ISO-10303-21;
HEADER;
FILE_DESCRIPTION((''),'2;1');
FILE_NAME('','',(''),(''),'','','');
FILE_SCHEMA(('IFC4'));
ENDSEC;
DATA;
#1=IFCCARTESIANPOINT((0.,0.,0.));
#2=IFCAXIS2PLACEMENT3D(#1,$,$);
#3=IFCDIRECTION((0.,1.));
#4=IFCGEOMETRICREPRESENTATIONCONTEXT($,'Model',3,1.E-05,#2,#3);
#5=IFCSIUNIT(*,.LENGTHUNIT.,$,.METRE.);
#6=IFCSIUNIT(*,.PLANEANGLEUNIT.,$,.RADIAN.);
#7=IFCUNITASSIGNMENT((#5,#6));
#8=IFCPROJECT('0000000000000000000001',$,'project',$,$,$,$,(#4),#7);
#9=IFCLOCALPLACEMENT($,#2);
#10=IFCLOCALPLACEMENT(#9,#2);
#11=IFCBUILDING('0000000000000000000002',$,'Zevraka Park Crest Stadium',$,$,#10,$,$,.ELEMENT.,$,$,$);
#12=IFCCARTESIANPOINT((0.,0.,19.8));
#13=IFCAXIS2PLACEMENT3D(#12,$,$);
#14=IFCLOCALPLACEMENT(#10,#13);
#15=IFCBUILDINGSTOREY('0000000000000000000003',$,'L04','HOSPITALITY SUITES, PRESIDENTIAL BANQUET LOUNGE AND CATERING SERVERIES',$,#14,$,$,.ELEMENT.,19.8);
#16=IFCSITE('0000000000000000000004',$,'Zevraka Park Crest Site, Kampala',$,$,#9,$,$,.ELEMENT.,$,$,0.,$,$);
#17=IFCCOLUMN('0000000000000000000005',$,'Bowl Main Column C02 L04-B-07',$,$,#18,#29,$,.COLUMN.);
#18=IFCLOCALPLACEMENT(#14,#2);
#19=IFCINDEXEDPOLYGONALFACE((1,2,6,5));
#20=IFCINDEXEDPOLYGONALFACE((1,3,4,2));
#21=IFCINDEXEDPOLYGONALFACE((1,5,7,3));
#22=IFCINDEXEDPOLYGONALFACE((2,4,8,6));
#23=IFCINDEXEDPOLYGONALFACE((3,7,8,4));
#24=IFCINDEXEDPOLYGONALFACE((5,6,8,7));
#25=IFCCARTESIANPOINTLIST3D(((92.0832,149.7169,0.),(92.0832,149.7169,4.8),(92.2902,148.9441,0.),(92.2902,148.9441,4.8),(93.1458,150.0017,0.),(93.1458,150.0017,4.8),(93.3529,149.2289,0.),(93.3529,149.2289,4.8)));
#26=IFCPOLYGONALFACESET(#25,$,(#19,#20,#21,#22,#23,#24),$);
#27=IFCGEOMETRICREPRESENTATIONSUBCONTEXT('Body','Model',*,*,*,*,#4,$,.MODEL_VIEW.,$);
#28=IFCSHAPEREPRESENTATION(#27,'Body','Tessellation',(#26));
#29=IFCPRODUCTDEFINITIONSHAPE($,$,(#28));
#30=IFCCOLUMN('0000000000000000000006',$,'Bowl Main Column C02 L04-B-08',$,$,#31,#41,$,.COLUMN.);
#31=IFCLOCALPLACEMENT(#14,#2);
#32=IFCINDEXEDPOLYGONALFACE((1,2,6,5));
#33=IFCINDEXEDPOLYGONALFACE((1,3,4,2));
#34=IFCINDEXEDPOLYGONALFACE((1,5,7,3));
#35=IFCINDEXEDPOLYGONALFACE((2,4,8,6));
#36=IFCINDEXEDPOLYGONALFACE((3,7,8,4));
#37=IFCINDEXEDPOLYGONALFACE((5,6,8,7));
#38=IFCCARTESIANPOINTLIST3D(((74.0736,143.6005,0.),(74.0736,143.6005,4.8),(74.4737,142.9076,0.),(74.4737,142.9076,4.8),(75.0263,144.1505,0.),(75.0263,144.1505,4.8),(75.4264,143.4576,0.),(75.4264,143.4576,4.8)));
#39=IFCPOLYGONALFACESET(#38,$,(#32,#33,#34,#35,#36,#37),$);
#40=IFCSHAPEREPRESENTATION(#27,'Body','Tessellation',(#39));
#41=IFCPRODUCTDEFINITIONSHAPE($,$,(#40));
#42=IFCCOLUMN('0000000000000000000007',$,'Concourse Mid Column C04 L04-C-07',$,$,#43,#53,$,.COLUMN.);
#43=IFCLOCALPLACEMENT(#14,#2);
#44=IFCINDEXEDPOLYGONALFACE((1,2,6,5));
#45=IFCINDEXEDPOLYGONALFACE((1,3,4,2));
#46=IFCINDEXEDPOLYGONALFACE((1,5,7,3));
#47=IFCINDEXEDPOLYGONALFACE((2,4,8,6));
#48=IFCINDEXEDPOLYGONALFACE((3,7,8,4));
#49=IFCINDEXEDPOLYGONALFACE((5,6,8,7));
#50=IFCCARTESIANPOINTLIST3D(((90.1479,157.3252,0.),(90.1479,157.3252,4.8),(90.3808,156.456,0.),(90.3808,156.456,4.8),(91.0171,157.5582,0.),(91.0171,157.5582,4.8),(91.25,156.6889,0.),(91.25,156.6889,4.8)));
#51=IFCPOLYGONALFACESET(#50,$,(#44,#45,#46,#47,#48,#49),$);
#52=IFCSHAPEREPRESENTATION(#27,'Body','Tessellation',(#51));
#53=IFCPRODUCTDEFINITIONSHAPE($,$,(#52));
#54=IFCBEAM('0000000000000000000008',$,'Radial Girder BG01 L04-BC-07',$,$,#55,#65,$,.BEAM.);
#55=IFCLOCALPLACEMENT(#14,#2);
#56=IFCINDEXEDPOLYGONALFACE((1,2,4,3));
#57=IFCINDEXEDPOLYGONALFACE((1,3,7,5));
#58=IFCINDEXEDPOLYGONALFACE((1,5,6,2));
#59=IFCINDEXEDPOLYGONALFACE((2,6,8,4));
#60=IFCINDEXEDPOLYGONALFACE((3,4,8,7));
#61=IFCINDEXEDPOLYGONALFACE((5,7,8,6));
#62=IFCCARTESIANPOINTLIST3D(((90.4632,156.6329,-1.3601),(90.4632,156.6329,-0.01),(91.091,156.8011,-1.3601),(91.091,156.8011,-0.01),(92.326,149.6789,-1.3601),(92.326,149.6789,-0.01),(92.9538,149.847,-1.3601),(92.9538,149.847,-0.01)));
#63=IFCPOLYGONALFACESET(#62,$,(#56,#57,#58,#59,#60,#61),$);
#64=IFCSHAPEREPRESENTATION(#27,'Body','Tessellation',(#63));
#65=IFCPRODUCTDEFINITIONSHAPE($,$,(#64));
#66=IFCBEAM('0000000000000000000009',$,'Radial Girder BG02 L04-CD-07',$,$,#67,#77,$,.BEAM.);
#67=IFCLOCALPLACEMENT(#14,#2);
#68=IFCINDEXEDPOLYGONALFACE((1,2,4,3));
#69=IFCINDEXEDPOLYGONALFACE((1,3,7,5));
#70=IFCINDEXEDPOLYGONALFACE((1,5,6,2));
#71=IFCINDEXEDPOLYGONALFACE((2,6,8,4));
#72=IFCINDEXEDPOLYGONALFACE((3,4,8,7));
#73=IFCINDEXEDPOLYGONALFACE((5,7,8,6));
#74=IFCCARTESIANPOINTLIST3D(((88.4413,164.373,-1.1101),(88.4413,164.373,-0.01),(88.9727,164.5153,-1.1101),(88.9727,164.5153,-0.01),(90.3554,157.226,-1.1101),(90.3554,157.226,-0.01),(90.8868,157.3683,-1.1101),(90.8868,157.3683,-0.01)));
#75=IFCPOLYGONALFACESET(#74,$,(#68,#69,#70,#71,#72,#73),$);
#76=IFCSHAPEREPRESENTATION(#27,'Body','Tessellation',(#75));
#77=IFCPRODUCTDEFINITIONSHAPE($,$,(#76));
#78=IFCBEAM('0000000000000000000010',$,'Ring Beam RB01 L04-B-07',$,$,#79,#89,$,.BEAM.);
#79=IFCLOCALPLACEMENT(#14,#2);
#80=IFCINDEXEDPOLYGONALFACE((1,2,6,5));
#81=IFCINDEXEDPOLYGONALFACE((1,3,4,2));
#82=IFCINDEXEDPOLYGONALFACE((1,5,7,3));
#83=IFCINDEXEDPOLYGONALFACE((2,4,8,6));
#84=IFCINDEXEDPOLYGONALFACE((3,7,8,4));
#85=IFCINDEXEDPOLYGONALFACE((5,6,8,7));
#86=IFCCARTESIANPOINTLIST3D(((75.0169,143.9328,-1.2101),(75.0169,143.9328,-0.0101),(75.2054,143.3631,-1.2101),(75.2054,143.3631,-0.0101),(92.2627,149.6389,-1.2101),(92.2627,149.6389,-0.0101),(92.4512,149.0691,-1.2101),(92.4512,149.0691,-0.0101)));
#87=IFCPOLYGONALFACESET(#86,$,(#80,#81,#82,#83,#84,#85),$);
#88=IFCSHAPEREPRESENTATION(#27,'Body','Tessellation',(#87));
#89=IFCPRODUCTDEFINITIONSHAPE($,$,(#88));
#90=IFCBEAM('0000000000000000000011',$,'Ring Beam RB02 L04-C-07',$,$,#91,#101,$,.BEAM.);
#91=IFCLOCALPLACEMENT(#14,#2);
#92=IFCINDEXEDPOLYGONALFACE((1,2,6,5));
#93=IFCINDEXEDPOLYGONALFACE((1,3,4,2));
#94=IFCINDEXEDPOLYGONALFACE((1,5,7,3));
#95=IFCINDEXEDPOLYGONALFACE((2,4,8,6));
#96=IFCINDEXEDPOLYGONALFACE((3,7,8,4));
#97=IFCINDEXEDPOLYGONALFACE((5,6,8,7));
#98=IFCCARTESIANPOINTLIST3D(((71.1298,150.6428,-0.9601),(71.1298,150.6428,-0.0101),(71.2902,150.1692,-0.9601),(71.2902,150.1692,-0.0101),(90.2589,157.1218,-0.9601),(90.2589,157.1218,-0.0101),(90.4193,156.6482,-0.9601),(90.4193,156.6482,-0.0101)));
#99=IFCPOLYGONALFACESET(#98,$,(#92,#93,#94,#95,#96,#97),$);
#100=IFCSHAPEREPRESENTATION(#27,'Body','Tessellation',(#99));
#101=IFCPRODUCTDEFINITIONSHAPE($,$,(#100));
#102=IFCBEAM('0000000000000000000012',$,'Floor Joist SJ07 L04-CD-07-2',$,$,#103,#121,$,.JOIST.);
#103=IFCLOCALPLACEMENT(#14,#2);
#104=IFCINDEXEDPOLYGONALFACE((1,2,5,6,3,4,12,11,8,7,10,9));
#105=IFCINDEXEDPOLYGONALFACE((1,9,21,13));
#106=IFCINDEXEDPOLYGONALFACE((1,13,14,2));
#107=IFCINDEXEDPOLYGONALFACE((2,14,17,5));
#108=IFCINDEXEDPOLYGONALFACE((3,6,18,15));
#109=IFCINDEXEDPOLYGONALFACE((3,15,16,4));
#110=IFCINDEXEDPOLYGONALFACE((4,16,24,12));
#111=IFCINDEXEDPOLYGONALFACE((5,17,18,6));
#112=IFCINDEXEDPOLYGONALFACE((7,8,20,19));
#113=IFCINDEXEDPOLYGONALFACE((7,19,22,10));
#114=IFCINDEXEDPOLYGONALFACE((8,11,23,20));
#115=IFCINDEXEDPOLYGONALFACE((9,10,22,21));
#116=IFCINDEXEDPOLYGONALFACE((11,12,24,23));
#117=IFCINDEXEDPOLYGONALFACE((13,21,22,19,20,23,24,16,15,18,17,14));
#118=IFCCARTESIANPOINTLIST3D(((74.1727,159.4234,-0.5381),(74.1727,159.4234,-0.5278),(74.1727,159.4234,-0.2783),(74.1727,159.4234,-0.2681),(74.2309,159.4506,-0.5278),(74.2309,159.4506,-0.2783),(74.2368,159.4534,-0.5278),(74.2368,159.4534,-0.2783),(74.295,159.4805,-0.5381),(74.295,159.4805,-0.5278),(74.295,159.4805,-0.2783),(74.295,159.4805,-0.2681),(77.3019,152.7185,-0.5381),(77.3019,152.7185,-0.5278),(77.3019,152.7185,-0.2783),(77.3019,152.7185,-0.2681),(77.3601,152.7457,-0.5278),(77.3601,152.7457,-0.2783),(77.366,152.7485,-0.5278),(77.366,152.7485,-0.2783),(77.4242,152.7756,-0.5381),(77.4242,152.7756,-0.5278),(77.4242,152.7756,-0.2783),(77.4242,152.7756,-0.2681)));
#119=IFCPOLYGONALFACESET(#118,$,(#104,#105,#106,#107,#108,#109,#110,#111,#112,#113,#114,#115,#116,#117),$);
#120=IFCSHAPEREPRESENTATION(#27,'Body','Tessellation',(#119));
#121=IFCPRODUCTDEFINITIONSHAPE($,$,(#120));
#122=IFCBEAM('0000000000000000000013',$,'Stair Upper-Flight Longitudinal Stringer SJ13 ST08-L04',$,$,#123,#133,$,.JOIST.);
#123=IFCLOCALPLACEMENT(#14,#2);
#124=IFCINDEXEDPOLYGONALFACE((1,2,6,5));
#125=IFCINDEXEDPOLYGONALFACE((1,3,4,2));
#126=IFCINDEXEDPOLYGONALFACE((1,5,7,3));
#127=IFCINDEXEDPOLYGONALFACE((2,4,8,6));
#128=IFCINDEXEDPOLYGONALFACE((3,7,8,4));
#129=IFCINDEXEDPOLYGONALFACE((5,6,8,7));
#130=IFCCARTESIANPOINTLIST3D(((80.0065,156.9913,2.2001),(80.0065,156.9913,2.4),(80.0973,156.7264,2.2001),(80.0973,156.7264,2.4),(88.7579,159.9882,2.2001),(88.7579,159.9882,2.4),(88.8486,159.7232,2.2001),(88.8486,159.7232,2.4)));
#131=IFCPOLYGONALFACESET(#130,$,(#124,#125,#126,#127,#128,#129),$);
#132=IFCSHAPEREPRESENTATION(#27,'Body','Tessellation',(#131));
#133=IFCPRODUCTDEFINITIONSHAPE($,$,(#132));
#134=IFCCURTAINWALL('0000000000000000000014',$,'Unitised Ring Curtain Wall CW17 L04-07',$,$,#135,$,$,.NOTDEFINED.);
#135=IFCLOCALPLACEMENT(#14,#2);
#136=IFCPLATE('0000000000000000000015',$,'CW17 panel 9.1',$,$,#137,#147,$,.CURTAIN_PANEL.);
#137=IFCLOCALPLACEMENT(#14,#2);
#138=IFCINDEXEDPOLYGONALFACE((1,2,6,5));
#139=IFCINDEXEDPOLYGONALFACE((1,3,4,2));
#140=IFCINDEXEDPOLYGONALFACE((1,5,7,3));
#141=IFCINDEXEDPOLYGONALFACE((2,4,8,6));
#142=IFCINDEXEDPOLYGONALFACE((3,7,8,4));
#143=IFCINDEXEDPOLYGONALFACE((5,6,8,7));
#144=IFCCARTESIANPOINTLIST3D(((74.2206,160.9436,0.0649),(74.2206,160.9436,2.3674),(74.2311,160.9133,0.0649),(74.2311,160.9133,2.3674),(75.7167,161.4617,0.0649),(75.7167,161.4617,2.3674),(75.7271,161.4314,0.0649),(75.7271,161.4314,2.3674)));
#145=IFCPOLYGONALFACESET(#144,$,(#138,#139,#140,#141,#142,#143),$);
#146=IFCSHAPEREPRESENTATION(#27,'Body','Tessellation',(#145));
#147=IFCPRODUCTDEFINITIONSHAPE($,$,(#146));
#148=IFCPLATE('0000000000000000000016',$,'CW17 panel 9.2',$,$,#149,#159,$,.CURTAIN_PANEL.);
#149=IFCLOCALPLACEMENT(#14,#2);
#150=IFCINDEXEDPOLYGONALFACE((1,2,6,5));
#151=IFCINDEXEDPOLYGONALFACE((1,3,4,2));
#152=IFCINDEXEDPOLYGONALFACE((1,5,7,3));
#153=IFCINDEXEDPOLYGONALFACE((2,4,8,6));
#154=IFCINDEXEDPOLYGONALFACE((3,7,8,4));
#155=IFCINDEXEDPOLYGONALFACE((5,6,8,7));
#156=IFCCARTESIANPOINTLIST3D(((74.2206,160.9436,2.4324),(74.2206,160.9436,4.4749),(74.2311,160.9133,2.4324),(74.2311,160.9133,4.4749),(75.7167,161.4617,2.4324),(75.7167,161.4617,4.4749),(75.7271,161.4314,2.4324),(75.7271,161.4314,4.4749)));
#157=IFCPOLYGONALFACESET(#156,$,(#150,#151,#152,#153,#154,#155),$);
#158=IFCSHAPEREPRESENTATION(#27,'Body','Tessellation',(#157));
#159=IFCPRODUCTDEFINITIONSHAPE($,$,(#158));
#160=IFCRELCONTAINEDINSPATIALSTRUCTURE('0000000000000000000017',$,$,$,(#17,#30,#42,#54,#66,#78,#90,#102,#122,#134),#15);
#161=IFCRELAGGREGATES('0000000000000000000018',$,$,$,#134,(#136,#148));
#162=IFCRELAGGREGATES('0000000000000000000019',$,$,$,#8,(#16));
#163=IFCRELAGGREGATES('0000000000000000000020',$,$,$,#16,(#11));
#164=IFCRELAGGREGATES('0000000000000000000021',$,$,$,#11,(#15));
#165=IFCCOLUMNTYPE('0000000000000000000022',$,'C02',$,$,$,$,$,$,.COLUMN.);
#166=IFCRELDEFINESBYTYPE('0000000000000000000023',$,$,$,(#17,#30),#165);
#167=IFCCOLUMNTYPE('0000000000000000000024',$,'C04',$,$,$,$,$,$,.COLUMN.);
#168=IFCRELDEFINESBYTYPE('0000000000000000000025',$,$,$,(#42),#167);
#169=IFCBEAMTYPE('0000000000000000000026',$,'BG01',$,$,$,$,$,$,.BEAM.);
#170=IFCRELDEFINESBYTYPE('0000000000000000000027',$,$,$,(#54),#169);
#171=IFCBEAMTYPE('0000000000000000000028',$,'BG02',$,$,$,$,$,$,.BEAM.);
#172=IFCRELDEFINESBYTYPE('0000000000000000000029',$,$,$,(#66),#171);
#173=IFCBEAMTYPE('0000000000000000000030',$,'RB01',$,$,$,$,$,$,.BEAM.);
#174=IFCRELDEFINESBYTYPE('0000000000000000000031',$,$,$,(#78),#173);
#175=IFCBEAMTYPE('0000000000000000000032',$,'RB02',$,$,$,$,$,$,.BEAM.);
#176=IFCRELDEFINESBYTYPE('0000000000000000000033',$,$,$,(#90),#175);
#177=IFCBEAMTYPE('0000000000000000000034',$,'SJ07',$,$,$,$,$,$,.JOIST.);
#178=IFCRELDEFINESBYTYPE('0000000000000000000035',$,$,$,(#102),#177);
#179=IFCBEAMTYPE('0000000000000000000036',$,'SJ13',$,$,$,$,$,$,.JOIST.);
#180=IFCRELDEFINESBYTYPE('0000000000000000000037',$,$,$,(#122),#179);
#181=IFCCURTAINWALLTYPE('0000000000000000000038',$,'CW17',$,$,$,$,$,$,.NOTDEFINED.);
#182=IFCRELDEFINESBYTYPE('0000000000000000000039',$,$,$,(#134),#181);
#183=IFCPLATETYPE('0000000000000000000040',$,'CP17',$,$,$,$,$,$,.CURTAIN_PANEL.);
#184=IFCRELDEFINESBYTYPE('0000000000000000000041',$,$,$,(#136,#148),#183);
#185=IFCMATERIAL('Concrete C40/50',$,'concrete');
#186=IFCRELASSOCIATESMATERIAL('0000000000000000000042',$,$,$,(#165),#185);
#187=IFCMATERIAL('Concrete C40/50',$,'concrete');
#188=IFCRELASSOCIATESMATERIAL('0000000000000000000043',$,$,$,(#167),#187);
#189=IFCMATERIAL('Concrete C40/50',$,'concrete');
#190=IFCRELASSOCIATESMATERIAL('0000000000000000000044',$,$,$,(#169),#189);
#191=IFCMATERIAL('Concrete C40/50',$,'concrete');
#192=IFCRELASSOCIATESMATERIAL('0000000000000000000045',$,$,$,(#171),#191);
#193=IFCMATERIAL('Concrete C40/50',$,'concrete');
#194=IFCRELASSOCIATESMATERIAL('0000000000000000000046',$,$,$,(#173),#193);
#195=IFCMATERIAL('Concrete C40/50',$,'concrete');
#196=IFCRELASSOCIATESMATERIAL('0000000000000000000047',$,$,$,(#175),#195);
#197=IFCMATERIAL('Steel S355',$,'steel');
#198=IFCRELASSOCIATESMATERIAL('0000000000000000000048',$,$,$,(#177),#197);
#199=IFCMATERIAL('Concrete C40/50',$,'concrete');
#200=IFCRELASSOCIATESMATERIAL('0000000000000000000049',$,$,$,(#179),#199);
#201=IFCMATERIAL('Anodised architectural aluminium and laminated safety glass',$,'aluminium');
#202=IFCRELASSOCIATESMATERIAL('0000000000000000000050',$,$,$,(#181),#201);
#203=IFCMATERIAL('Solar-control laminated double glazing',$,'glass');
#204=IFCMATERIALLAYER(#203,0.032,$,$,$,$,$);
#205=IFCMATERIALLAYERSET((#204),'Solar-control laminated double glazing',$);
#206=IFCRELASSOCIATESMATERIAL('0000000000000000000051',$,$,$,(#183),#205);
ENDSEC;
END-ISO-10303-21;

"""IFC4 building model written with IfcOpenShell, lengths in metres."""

from ifc_helpers import new_model, si_unit, direction, frame, origin, origin_2d, place, context, subcontext, project, spatial, rectangle, i_section, extrude, material, layer, layer_set, material_profile, profile_set, type_object, element, aggregate, save


model = new_model("IFC4")

# Units and contexts
model_context = context("Model", 3, precision=1e-05, world=origin(), true_north=direction((0.0, 1.0)))
body_context = subcontext(model_context, "Body", "Model", "MODEL_VIEW")
ifc_project = project(units=[si_unit("LENGTHUNIT", "METRE"), si_unit("PLANEANGLEUNIT", "RADIAN")], contexts=[model_context])

# Site, building, storey
site_placement = place(None, origin())
site = spatial("IfcSite", under=ifc_project, at=site_placement, Name="Zevraka Park Crest Site, Kampala", CompositionType="ELEMENT", RefElevation=0.0)
building_placement = place(site_placement, origin())
building = spatial("IfcBuilding", under=site, at=building_placement, Name="Zevraka Park Crest Stadium", CompositionType="ELEMENT")
storey_placement = place(building_placement, frame((0.0, 0.0, 19.8)))
storey = spatial("IfcBuildingStorey", under=building, at=storey_placement, Name="L04", Description="HOSPITALITY SUITES, PRESIDENTIAL BANQUET LOUNGE AND CATERING SERVERIES", CompositionType="ELEMENT", Elevation=19.8)

# Columns
ifc_material_1 = material(Name="Concrete C40/50", Category="concrete")
ifc_material_profile_1 = material_profile(ifc_material_1, rectangle(XDim=0.8, YDim=1.1001, at=origin_2d()), Name="RC 1100x800")
ifc_profile_set_1 = profile_set([ifc_material_profile_1], Name="Concrete C40/50")
column_type_1 = type_object("IfcColumnType", Name="C02", PredefinedType="COLUMN", material=ifc_profile_set_1)
for number, where, z_axis, x_axis, name in (
    (1, (92.718, 149.4729, 0.0), (0.0, 0.0, 1.0), (-0.258819, 0.965926, 0.0), "Bowl Main Column C02 L04-B-07"),
    (2, (74.75, 143.5291, 0.0), (0.0, 0.0, 1.0), (-0.5, 0.866025, 0.0), "Bowl Main Column C02 L04-B-08"),
):
    element("IfcColumn", number, at=place(storey_placement, frame(where, z_axis=z_axis, x_axis=x_axis)), inside=storey, type_object=column_type_1, Name=name, PredefinedType="COLUMN", context=body_context, shape_type="SweptSolid", body=[
        extrude(rectangle(XDim=0.8, YDim=1.1001, at=origin_2d()), origin(), (0.0, 0.0, 1.0), 4.8),
    ])
ifc_material_2 = material(Name="Concrete C40/50", Category="concrete")
ifc_material_profile_2 = material_profile(ifc_material_2, rectangle(XDim=0.8999, YDim=0.8999, at=origin_2d()), Name="RC 900x900")
ifc_profile_set_2 = profile_set([ifc_material_profile_2], Name="Concrete C40/50")
column_type_2 = type_object("IfcColumnType", Name="C04", PredefinedType="COLUMN", material=ifc_profile_set_2)
column_placement = place(storey_placement, frame((90.699, 157.0071, 0.0), z_axis=(0.0, 0.0, 1.0), x_axis=(-0.258819, 0.965926, 0.0)))
element("IfcColumn", 3, at=column_placement, inside=storey, type_object=column_type_2, Name="Concourse Mid Column C04 L04-C-07", PredefinedType="COLUMN", context=body_context, shape_type="SweptSolid", body=[
    extrude(rectangle(XDim=0.8999, YDim=0.8999, at=origin_2d()), origin(), (0.0, 0.0, 1.0), 4.8),
])

# Beams
ifc_material_3 = material(Name="Concrete C40/50", Category="concrete")
ifc_material_profile_3 = material_profile(ifc_material_3, rectangle(XDim=0.6499, YDim=1.3501, at=origin_2d()), Name="RC 1350x650")
ifc_profile_set_3 = profile_set([ifc_material_profile_3], Name="Concrete C40/50")
beam_type_1 = type_object("IfcBeamType", Name="BG01", PredefinedType="BEAM", material=ifc_profile_set_3)
beam_1_placement = place(storey_placement, frame((92.6399, 149.7629, -0.6851), z_axis=(-0.258747, 0.965945, 0.0), x_axis=(-0.965945, -0.258747, 0.0)))
element("IfcBeam", 4, at=beam_1_placement, inside=storey, type_object=beam_type_1, Name="Radial Girder BG01 L04-BC-07", PredefinedType="BEAM", context=body_context, shape_type="SweptSolid", body=[
    extrude(rectangle(XDim=0.6499, YDim=1.3501, at=origin_2d()), origin(), (0.0, 0.0, 1.0), 7.1992),
])
ifc_material_4 = material(Name="Concrete C40/50", Category="concrete")
ifc_material_profile_4 = material_profile(ifc_material_4, rectangle(XDim=0.55, YDim=1.1001, at=origin_2d()), Name="RC 1100x550")
ifc_profile_set_4 = profile_set([ifc_material_profile_4], Name="Concrete C40/50")
beam_type_2 = type_object("IfcBeamType", Name="BG02", PredefinedType="BEAM", material=ifc_profile_set_4)
beam_2_placement = place(storey_placement, frame((90.6211, 157.2971, -0.5601), z_axis=(-0.258698, 0.965958, 0.0), x_axis=(-0.965958, -0.258698, 0.0)))
element("IfcBeam", 5, at=beam_2_placement, inside=storey, type_object=beam_type_2, Name="Radial Girder BG02 L04-CD-07", PredefinedType="BEAM", context=body_context, shape_type="SweptSolid", body=[
    extrude(rectangle(XDim=0.55, YDim=1.1001, at=origin_2d()), origin(), (0.0, 0.0, 1.0), 7.3989),
])
ifc_material_5 = material(Name="Concrete C40/50", Category="concrete")
ifc_material_profile_5 = material_profile(ifc_material_5, rectangle(XDim=0.6001, YDim=1.2, at=origin_2d()), Name="RC 1200x600")
ifc_profile_set_5 = profile_set([ifc_material_profile_5], Name="Concrete C40/50")
beam_type_3 = type_object("IfcBeamType", Name="RB01", PredefinedType="BEAM", material=ifc_profile_set_5)
beam_3_placement = place(storey_placement, frame((92.3569, 149.354, -0.6101), z_axis=(-0.949384, -0.314118, 0.0), x_axis=(0.314118, -0.949384, 0.0)))
element("IfcBeam", 6, at=beam_3_placement, inside=storey, type_object=beam_type_3, Name="Ring Beam RB01 L04-B-07", PredefinedType="BEAM", context=body_context, shape_type="SweptSolid", body=[
    extrude(rectangle(XDim=0.6001, YDim=1.2, at=origin_2d()), origin(), (0.0, 0.0, 1.0), 18.1653),
])
ifc_material_6 = material(Name="Concrete C40/50", Category="concrete")
ifc_material_profile_6 = material_profile(ifc_material_6, rectangle(XDim=0.5, YDim=0.95, at=origin_2d()), Name="RC 950x500")
ifc_profile_set_6 = profile_set([ifc_material_profile_6], Name="Concrete C40/50")
beam_type_4 = type_object("IfcBeamType", Name="RB02", PredefinedType="BEAM", material=ifc_profile_set_6)
beam_4_placement = place(storey_placement, frame((90.3391, 156.885, -0.4851), z_axis=(-0.947148, -0.320797, 0.0), x_axis=(0.320797, -0.947148, 0.0)))
element("IfcBeam", 7, at=beam_4_placement, inside=storey, type_object=beam_type_4, Name="Ring Beam RB02 L04-C-07", PredefinedType="BEAM", context=body_context, shape_type="SweptSolid", body=[
    extrude(rectangle(XDim=0.5, YDim=0.95, at=origin_2d()), origin(), (0.0, 0.0, 1.0), 20.1965),
])
ifc_material_7 = material(Name="Steel S355", Category="steel")
ifc_material_profile_7 = material_profile(ifc_material_7, i_section(OverallWidth=0.135, OverallDepth=0.27, WebThickness=0.0066, FlangeThickness=0.0103, at=origin_2d()), Name="IPE 270")
ifc_profile_set_7 = profile_set([ifc_material_profile_7], Name="Steel S355")
beam_type_5 = type_object("IfcBeamType", Name="SJ07", PredefinedType="JOIST", material=ifc_profile_set_7)
beam_5_placement = place(storey_placement, frame((77.363, 152.7471, -0.4031), z_axis=(-0.422911, 0.906171, 0.0), x_axis=(-0.906171, -0.422911, 0.0)))
element("IfcBeam", 8, at=beam_5_placement, inside=storey, type_object=beam_type_5, Name="Floor Joist SJ07 L04-CD-07-2", PredefinedType="JOIST", context=body_context, shape_type="SweptSolid", body=[
    extrude(i_section(OverallWidth=0.135, OverallDepth=0.27, WebThickness=0.0066, FlangeThickness=0.0103, at=origin_2d()), origin(), (0.0, 0.0, 1.0), 7.3992),
])
ifc_material_8 = material(Name="Concrete C40/50", Category="concrete")
ifc_material_profile_8 = material_profile(ifc_material_8, rectangle(XDim=0.28, YDim=0.2, at=origin_2d()), Name="RC 200x280")
ifc_profile_set_8 = profile_set([ifc_material_profile_8], Name="Concrete C40/50")
beam_type_6 = type_object("IfcBeamType", Name="SJ13", PredefinedType="JOIST", material=ifc_profile_set_8)
beam_6_placement = place(storey_placement, frame((88.8032, 159.8557, 2.3), z_axis=(-0.946065, -0.323977, 0.0), x_axis=(0.323977, -0.946065, 0.0)))
element("IfcBeam", 9, at=beam_6_placement, inside=storey, type_object=beam_type_6, Name="Stair Upper-Flight Longitudinal Stringer SJ13 ST08-L04", PredefinedType="JOIST", context=body_context, shape_type="SweptSolid", body=[
    extrude(rectangle(XDim=0.28, YDim=0.2, at=origin_2d()), origin(), (0.0, 0.0, 1.0), 9.2502),
])

# Curtain wall, plates
ifc_material_9 = material(Name="Anodised architectural aluminium and laminated safety glass", Category="aluminium")
curtain_wall_type = type_object("IfcCurtainWallType", Name="CW17", PredefinedType="NOTDEFINED", material=ifc_material_9)
curtain_wall_placement = place(storey_placement, origin())
curtain_wall = element("IfcCurtainWall", 10, at=curtain_wall_placement, inside=storey, type_object=curtain_wall_type, Name="Unitised Ring Curtain Wall CW17 L04-07", PredefinedType="NOTDEFINED")
ifc_material_10 = material(Name="Solar-control laminated double glazing", Category="glass")
ifc_layer_1 = layer(ifc_material_10, 0.032)
ifc_layer_set_1 = layer_set([ifc_layer_1], Name="Solar-control laminated double glazing")
plate_type = type_object("IfcPlateType", Name="CP17", PredefinedType="CURTAIN_PANEL", material=ifc_layer_set_1)
plate_1_placement = place(storey_placement, frame((74.9739, 161.1875, 0.0649), z_axis=(0.0, 0.0, 1.0), x_axis=(-0.94494, -0.327245, 0.0)))
plate_1 = element("IfcPlate", 11, at=plate_1_placement, type_object=plate_type, Name="CW17 panel 9.1", PredefinedType="CURTAIN_PANEL", context=body_context, shape_type="SweptSolid", body=[
    extrude(rectangle(XDim=1.5833, YDim=0.032, at=origin_2d()), origin(), (0.0, 0.0, 1.0), 2.3025),
])
plate_2_placement = place(storey_placement, frame((74.9739, 161.1875, 2.4324), z_axis=(0.0, 0.0, 1.0), x_axis=(-0.94494, -0.327245, 0.0)))
plate_2 = element("IfcPlate", 12, at=plate_2_placement, type_object=plate_type, Name="CW17 panel 9.2", PredefinedType="CURTAIN_PANEL", context=body_context, shape_type="SweptSolid", body=[
    extrude(rectangle(XDim=1.5833, YDim=0.032, at=origin_2d()), origin(), (0.0, 0.0, 1.0), 2.0425),
])
aggregate(curtain_wall, [plate_1, plate_2])

save(model, "model.ifc")
